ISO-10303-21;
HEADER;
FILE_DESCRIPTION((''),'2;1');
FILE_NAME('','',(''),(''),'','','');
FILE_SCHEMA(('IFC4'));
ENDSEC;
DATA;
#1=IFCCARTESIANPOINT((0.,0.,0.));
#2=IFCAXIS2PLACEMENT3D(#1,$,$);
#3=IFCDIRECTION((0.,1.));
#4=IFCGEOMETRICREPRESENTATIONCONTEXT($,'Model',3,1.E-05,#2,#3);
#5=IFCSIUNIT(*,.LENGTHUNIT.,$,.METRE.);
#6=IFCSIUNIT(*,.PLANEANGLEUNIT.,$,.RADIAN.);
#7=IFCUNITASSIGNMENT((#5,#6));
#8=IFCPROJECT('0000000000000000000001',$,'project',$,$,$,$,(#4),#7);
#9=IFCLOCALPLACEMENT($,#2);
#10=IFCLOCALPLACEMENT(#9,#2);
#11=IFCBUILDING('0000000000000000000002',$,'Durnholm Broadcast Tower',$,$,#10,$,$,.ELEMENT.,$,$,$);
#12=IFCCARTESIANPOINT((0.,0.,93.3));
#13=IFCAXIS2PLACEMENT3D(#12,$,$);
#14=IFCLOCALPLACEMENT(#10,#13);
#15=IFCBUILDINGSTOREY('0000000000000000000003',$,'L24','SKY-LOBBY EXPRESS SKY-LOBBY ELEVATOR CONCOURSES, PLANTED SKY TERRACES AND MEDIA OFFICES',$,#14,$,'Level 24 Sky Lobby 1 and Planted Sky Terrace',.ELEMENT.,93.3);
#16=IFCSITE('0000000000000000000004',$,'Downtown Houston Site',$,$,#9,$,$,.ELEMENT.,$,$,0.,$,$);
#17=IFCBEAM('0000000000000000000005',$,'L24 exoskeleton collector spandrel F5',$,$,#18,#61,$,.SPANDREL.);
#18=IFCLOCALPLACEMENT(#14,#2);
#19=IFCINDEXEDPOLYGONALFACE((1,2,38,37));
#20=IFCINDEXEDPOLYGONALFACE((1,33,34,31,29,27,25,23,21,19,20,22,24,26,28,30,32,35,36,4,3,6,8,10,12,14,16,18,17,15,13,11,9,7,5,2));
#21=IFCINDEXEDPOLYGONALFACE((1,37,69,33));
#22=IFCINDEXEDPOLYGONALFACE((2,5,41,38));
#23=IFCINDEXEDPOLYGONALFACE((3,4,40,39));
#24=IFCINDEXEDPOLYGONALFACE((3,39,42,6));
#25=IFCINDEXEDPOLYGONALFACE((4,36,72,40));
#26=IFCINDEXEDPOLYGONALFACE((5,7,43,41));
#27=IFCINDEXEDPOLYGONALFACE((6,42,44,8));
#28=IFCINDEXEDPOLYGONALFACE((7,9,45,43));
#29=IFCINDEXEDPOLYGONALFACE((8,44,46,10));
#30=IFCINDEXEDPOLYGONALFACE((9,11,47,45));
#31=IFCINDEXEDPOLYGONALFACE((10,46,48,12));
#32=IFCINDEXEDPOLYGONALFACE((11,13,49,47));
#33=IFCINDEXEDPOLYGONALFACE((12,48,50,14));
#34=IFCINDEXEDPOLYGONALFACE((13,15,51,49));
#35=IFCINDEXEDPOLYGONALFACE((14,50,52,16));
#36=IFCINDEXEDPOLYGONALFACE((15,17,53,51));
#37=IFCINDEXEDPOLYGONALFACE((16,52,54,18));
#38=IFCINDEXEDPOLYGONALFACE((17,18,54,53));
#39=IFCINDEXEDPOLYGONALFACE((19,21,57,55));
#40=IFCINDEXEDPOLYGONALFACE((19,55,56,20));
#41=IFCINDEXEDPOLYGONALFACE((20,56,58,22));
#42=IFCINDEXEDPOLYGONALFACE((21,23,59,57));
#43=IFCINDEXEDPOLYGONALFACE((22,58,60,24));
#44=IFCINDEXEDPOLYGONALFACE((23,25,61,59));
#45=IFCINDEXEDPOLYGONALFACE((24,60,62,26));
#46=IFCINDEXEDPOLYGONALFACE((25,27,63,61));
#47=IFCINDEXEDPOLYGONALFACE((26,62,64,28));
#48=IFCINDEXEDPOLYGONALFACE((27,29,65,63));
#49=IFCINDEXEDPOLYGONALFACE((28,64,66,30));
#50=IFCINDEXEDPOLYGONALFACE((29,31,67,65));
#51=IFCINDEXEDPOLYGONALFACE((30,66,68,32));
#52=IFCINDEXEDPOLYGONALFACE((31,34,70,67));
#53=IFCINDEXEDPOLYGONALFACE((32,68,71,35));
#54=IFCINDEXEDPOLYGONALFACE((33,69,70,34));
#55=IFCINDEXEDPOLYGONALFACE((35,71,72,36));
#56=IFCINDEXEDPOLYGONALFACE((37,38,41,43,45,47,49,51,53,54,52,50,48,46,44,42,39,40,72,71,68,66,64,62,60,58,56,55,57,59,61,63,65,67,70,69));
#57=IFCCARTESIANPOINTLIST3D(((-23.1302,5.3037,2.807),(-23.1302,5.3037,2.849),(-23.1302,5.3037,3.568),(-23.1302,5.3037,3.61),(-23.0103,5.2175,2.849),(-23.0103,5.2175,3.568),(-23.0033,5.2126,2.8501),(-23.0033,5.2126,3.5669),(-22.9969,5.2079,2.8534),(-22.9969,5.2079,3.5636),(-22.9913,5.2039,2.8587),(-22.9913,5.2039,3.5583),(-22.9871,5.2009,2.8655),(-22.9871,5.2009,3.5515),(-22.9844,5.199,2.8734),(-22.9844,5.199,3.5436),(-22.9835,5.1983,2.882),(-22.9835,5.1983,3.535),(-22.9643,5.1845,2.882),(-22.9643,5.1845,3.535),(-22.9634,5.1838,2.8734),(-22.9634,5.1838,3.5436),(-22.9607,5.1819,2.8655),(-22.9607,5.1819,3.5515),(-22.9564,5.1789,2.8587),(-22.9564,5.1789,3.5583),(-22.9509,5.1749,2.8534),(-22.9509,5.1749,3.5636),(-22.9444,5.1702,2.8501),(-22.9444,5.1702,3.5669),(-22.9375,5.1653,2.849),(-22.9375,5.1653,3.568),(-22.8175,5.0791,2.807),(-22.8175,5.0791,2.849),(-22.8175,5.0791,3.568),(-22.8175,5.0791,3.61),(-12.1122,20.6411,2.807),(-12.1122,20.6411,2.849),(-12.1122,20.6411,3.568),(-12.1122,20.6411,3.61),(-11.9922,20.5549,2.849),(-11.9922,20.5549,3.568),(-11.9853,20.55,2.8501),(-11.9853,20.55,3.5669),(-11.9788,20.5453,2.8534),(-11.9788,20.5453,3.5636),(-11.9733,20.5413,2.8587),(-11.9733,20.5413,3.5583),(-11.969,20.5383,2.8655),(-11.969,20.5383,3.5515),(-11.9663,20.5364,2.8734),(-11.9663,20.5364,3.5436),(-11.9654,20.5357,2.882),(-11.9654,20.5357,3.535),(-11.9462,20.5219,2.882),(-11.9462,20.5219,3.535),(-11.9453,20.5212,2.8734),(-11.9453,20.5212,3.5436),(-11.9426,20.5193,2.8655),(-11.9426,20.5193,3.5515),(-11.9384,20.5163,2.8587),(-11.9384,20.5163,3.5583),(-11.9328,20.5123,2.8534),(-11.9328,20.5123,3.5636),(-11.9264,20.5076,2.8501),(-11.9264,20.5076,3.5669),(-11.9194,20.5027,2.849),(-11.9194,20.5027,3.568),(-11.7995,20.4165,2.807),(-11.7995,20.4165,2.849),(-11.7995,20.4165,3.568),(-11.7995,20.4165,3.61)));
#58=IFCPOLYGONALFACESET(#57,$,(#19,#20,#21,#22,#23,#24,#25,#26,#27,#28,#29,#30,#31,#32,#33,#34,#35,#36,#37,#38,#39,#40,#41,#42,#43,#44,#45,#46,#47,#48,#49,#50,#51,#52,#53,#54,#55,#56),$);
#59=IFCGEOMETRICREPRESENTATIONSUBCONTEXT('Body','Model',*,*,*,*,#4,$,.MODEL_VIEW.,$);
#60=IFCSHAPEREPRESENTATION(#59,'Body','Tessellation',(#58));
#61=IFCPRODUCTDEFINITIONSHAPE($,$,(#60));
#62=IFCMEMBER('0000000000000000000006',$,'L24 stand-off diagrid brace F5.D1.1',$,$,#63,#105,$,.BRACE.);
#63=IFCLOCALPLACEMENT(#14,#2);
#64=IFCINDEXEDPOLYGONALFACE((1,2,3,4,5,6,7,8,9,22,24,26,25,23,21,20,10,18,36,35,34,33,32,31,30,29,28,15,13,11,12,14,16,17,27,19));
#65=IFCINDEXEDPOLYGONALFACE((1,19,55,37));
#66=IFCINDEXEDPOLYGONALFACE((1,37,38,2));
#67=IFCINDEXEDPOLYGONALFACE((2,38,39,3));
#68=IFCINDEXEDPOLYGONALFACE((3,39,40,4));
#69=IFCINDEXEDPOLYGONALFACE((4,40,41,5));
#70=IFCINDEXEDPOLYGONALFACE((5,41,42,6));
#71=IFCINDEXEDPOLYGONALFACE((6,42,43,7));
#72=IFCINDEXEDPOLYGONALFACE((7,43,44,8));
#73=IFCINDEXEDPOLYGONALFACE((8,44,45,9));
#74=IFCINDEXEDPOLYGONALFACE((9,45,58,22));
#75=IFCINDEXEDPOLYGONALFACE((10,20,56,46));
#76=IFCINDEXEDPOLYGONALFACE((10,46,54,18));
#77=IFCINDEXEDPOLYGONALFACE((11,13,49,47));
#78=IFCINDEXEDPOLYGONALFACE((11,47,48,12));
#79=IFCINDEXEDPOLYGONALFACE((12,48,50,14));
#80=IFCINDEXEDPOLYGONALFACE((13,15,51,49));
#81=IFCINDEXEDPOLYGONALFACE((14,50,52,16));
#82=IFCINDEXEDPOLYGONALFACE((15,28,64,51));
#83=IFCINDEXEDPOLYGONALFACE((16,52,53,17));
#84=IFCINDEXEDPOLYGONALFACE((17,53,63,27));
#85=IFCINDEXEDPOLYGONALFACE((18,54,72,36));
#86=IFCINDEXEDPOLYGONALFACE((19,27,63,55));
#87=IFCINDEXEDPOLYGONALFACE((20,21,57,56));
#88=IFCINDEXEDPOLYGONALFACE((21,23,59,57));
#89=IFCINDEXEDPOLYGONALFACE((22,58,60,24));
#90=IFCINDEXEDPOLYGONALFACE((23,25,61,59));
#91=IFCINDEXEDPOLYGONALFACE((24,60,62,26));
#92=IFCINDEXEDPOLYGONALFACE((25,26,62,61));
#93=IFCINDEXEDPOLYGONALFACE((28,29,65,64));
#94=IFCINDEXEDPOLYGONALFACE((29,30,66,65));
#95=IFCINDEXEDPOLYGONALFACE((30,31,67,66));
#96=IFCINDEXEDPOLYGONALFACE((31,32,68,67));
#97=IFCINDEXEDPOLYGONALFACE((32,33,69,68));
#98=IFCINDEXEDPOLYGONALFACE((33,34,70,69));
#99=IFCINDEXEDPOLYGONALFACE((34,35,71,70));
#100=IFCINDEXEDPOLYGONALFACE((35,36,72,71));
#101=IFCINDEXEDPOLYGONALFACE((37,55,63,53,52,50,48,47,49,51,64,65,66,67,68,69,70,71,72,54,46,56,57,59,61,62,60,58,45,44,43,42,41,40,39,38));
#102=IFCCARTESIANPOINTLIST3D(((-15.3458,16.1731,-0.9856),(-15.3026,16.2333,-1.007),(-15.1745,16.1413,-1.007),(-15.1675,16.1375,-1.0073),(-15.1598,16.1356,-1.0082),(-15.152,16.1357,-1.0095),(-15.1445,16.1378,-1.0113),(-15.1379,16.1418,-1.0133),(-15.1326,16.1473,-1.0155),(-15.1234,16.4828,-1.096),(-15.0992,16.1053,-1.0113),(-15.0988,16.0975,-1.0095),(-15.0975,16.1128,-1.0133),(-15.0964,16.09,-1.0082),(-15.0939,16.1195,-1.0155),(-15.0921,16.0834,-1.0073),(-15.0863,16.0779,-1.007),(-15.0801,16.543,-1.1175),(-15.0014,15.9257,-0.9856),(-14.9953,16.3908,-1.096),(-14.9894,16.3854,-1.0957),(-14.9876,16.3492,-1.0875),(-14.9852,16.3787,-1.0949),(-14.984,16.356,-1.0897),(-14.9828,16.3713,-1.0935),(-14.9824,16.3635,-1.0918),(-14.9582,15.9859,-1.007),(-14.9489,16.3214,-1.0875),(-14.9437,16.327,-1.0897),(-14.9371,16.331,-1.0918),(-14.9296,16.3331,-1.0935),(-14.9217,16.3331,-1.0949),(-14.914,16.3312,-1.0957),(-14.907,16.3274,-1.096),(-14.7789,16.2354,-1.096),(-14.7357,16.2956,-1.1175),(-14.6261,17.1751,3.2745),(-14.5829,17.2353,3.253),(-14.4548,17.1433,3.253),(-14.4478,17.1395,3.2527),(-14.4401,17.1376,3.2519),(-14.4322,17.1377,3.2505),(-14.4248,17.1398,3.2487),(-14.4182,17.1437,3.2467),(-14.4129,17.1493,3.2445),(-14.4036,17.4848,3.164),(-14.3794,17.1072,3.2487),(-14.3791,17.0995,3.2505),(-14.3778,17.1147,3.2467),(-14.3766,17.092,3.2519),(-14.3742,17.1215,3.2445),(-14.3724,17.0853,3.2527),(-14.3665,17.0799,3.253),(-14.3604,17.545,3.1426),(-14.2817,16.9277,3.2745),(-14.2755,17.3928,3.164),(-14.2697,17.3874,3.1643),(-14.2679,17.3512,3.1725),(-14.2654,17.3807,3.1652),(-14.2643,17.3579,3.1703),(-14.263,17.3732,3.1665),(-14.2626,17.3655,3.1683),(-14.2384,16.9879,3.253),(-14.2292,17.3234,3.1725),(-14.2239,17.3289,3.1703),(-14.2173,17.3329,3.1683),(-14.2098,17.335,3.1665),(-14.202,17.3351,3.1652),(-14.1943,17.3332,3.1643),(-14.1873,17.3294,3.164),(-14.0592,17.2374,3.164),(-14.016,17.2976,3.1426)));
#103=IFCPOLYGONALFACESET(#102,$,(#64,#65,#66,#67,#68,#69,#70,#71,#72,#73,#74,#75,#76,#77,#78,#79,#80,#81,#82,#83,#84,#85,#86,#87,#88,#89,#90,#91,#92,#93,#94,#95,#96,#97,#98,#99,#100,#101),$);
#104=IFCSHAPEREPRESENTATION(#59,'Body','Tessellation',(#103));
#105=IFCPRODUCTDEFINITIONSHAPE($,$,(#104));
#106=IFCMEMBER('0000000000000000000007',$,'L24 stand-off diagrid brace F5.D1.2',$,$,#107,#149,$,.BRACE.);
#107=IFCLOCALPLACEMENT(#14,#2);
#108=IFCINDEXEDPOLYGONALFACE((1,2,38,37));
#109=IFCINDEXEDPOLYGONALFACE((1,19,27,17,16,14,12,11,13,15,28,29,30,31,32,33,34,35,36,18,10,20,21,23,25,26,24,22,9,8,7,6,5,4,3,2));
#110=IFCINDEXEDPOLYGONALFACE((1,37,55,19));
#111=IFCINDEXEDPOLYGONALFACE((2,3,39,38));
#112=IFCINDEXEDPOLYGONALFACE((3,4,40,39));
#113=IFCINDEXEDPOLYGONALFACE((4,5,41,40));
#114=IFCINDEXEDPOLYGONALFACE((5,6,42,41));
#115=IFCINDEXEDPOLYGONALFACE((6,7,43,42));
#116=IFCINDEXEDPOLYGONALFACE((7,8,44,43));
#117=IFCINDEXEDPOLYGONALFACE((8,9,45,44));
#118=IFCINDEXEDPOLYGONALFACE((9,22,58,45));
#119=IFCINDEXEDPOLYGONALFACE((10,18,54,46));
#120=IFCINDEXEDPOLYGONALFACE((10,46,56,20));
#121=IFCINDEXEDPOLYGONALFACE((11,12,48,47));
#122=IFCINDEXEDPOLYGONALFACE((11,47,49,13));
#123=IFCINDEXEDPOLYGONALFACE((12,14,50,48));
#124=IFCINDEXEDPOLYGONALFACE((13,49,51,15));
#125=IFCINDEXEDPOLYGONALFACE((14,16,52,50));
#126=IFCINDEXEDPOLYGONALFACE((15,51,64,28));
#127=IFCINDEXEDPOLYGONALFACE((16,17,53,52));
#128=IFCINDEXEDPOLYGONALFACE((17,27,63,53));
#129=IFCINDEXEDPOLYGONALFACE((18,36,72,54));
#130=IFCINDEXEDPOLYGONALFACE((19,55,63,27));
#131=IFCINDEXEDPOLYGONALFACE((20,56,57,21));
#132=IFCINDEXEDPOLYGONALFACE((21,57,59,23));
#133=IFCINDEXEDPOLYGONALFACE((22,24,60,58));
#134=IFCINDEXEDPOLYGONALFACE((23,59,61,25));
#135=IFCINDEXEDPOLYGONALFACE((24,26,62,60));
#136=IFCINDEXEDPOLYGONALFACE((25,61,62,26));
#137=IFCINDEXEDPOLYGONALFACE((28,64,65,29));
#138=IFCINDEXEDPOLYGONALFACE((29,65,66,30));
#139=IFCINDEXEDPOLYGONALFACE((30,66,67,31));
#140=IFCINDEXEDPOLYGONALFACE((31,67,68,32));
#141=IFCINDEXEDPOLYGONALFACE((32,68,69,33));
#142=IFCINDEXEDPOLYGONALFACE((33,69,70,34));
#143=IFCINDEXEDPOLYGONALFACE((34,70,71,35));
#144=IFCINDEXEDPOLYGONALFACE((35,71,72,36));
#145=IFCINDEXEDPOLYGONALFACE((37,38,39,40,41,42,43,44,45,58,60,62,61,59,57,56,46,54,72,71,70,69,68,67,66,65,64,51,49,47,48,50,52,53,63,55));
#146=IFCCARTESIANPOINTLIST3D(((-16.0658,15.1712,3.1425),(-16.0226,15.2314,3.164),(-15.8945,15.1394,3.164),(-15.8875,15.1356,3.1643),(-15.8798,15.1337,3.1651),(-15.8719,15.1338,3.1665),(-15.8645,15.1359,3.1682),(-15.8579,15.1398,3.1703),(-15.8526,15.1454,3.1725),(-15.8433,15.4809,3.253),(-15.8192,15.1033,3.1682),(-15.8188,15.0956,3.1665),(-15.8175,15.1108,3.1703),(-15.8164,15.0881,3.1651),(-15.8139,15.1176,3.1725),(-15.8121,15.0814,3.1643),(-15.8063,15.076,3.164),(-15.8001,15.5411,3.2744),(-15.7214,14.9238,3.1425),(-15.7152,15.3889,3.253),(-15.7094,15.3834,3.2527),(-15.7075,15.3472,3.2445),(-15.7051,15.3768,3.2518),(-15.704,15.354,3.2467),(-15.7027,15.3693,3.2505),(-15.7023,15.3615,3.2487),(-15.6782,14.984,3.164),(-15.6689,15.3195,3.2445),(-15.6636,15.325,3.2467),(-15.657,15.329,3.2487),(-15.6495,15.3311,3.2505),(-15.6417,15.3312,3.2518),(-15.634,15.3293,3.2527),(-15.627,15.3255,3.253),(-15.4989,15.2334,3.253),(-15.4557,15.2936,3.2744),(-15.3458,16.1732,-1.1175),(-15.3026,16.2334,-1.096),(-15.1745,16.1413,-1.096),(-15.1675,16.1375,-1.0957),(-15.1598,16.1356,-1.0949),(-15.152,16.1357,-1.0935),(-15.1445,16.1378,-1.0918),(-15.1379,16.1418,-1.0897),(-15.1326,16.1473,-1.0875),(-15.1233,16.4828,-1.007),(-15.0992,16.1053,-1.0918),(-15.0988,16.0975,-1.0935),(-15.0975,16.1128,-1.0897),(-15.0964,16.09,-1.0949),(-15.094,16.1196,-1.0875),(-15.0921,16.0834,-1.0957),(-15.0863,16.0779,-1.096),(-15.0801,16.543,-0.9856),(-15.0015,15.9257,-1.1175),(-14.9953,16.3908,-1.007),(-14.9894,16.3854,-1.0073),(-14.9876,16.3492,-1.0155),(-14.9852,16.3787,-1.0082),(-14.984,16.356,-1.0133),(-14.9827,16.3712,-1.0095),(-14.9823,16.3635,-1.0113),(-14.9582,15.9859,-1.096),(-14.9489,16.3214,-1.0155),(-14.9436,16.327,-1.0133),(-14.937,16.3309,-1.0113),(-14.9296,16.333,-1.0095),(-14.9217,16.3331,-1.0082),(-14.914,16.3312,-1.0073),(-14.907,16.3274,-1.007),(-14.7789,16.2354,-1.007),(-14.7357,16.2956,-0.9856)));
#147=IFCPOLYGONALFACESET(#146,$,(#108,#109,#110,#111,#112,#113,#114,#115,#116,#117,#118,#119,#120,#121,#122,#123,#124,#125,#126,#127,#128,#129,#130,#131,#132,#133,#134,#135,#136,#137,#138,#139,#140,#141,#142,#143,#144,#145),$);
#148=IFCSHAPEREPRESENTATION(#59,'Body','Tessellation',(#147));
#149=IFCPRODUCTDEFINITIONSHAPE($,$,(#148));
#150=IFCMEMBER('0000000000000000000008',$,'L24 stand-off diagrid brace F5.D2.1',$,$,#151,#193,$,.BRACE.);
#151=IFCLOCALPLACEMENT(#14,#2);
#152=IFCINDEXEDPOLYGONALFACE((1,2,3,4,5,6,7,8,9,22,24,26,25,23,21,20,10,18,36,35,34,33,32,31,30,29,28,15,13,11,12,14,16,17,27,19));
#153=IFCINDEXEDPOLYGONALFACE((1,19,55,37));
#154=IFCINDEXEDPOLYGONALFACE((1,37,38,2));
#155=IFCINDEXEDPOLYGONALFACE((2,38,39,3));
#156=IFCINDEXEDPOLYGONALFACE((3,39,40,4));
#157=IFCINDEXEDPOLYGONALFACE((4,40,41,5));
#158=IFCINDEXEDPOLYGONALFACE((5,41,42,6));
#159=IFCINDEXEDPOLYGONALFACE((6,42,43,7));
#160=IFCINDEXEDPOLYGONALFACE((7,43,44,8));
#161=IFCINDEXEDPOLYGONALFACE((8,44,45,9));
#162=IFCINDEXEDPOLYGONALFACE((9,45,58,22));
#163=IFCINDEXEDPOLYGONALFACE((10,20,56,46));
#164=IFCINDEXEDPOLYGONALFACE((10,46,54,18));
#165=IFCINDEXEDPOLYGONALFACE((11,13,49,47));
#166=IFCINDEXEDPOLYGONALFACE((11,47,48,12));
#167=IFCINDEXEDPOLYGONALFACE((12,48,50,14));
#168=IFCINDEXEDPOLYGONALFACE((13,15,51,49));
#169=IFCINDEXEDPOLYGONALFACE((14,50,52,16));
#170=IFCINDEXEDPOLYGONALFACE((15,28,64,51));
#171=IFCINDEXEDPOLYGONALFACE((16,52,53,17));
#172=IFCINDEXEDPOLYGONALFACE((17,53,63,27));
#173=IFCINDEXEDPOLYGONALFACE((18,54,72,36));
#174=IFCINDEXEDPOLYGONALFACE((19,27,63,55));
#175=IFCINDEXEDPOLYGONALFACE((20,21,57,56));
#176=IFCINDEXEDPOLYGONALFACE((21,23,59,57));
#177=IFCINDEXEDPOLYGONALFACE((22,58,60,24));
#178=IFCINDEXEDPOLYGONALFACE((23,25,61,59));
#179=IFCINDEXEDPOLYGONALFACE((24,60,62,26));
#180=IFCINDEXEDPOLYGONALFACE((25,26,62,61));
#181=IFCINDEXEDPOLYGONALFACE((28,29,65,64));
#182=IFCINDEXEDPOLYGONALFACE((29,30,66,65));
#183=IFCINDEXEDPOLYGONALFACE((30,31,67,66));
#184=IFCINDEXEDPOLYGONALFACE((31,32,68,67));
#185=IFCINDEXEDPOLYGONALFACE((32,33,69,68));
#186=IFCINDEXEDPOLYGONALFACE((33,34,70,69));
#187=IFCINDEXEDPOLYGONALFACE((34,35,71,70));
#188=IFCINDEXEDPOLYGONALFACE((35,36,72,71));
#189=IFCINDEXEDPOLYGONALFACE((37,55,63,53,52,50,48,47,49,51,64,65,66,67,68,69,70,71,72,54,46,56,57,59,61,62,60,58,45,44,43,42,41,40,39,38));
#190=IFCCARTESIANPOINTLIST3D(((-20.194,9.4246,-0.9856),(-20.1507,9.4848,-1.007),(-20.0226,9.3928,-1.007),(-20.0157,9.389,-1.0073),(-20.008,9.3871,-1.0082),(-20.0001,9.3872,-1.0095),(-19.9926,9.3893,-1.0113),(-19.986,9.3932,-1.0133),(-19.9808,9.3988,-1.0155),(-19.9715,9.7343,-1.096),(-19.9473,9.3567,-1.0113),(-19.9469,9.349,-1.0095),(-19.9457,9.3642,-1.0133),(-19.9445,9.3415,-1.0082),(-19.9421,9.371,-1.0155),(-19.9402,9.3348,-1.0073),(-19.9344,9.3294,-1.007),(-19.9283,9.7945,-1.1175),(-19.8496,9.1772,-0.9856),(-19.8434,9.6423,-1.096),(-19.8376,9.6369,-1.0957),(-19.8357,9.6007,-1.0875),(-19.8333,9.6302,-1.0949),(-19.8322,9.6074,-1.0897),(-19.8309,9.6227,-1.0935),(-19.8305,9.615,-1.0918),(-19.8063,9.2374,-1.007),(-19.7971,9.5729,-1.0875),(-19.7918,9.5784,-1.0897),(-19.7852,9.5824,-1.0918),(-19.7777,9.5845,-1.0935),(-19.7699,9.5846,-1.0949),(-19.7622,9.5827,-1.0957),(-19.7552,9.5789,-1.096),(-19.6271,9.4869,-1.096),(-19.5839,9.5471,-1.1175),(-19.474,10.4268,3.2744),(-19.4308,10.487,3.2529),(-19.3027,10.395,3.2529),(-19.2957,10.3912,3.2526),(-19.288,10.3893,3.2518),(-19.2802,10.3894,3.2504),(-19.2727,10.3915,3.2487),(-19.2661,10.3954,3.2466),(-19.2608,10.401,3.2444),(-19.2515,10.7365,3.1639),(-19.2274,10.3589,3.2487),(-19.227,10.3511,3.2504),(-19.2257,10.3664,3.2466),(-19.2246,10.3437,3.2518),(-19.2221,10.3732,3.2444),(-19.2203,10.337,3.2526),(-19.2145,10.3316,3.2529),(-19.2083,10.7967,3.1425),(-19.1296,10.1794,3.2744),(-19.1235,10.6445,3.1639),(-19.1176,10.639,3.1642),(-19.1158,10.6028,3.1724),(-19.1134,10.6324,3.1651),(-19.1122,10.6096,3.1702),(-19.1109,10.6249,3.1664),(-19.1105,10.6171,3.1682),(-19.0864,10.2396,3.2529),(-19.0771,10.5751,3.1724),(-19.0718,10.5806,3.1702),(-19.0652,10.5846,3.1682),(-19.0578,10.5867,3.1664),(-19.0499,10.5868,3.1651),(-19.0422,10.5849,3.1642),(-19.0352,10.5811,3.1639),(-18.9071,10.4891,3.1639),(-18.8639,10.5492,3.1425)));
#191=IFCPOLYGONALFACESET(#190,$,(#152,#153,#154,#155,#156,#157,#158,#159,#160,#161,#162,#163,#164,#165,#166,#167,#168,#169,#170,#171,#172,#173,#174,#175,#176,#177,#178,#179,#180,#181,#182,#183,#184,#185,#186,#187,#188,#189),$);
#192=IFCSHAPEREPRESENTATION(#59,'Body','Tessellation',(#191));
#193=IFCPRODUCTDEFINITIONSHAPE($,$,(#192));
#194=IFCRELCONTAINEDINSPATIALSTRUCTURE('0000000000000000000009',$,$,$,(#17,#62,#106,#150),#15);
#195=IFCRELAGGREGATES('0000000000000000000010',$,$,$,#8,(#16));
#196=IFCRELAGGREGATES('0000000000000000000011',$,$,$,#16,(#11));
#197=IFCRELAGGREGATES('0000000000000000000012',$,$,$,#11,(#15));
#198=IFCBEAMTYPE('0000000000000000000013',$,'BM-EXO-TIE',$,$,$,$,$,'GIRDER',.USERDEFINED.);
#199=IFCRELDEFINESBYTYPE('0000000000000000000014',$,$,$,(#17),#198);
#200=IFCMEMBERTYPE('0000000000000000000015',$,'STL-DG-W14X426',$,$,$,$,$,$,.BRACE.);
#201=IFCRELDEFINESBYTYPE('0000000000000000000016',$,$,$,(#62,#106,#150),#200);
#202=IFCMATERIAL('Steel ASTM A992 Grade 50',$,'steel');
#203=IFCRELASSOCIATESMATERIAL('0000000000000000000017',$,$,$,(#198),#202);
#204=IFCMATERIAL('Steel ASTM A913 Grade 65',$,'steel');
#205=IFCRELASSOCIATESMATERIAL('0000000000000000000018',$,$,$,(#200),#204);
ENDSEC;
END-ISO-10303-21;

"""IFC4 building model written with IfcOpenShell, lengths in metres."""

from ifc_helpers import new_model, si_unit, direction, frame, origin, origin_2d, place, context, subcontext, project, spatial, i_section, extrude, source, transform, mapped, material, material_profile, profile_set, type_object, type_shapes, element, save


model = new_model("IFC4")

# Units and contexts
model_context = context("Model", 3, precision=1e-05, world=origin(), true_north=direction((0.0, 1.0)))
body_context = subcontext(model_context, "Body", "Model", "MODEL_VIEW")
ifc_project = project(units=[si_unit("LENGTHUNIT", "METRE"), si_unit("PLANEANGLEUNIT", "RADIAN")], contexts=[model_context])

# Site, building, storey
site_placement = place(None, origin())
site = spatial("IfcSite", under=ifc_project, at=site_placement, Name="Downtown Houston Site", CompositionType="ELEMENT", RefElevation=0.0)
building_placement = place(site_placement, origin())
building = spatial("IfcBuilding", under=site, at=building_placement, Name="Durnholm Broadcast Tower", CompositionType="ELEMENT")
storey_placement = place(building_placement, frame((0.0, 0.0, 93.3)))
storey = spatial("IfcBuildingStorey", under=building, at=storey_placement, Name="L24", Description="SKY-LOBBY EXPRESS SKY-LOBBY ELEVATOR CONCOURSES, PLANTED SKY TERRACES AND MEDIA OFFICES", LongName="Level 24 Sky Lobby 1 and Planted Sky Terrace", CompositionType="ELEMENT", Elevation=93.3)

# Beam
ifc_material_1 = material(Name="Steel ASTM A992 Grade 50", Category="steel")
ifc_material_profile_1 = material_profile(ifc_material_1, i_section(OverallWidth=0.385, OverallDepth=0.803, WebThickness=0.0237, FlangeThickness=0.042, FilletRadius=0.033, at=origin_2d()), Name="W30X261")
ifc_profile_set_1 = profile_set([ifc_material_profile_1], Name="Steel ASTM A992 Grade 50")
beam_type = type_object("IfcBeamType", Name="BM-EXO-TIE", ElementType="GIRDER", PredefinedType="USERDEFINED", material=ifc_profile_set_1)
shared_shape_1 = source(origin(), body_context, "Body", "SweptSolid", [
    extrude(i_section(OverallWidth=0.385, OverallDepth=0.803, WebThickness=0.0237, FlangeThickness=0.042, FilletRadius=0.033, at=origin_2d()), origin(), (0.0, 0.0, 1.0), 18.8848),
])
type_shapes(beam_type, [shared_shape_1])
beam_placement = place(storey_placement, frame((-11.9558, 20.5288, 3.2085), z_axis=(-0.583437, -0.812158, 0.0), x_axis=(0.812158, -0.583437, 0.0)))
element("IfcBeam", 1, at=beam_placement, inside=storey, type_object=beam_type, Name="L24 exoskeleton collector spandrel F5", PredefinedType="SPANDREL", context=body_context, shape_type="MappedRepresentation", body=[
    mapped(shared_shape_1, transform((0.0, 0.0, 0.0), x_axis=(1.0, 0.0, 0.0), y_axis=(0.0, 1.0, 0.0), z_axis=(0.0, 0.0, 1.0), scale=1.0)),
])

# Members
ifc_material_2 = material(Name="Steel ASTM A913 Grade 65", Category="steel")
ifc_material_profile_2 = material_profile(ifc_material_2, i_section(OverallWidth=0.4241, OverallDepth=0.4741, WebThickness=0.0476, FlangeThickness=0.0771, FilletRadius=0.0305, at=origin_2d()), Name="W14X426")
ifc_profile_set_2 = profile_set([ifc_material_profile_2], Name="Steel ASTM A913 Grade 65")
member_type_1 = type_object("IfcMemberType", Name="STL-DG-W14X426", PredefinedType="BRACE", material=ifc_profile_set_2)
shared_shape_2 = source(origin(), body_context, "Body", "SweptSolid", [
    extrude(i_section(OverallWidth=0.4241, OverallDepth=0.4741, WebThickness=0.0476, FlangeThickness=0.0771, FilletRadius=0.0305, at=origin_2d()), origin(), (0.0, 0.0, 1.0), 4.4351),
])
type_shapes(member_type_1, [shared_shape_2])
for number, where, z_axis, x_axis, name in (
    (2, (-15.0408, 16.2344, -1.0515), (0.162282, 0.225917, 0.960534), (-0.812179, 0.583408, 0.0), "L24 stand-off diagrid brace F5.D1.1"),
    (3, (-15.0408, 16.2344, -1.0515), (-0.162335, -0.225915, 0.960526), (0.812086, -0.583538, 0.0), "L24 stand-off diagrid brace F5.D1.2"),
    (4, (-19.8889, 9.4858, -1.0515), (0.162333, 0.225968, 0.960514), (-0.812153, 0.583444, 0.0), "L24 stand-off diagrid brace F5.D2.1"),
):
    element("IfcMember", number, at=place(storey_placement, frame(where, z_axis=z_axis, x_axis=x_axis)), inside=storey, type_object=member_type_1, Name=name, PredefinedType="BRACE", context=body_context, shape_type="MappedRepresentation", body=[
        mapped(shared_shape_2, transform((0.0, 0.0, 0.0), x_axis=(1.0, 0.0, 0.0), y_axis=(0.0, 1.0, 0.0), z_axis=(0.0, 0.0, 1.0), scale=1.0)),
    ])

save(model, "model.ifc")
